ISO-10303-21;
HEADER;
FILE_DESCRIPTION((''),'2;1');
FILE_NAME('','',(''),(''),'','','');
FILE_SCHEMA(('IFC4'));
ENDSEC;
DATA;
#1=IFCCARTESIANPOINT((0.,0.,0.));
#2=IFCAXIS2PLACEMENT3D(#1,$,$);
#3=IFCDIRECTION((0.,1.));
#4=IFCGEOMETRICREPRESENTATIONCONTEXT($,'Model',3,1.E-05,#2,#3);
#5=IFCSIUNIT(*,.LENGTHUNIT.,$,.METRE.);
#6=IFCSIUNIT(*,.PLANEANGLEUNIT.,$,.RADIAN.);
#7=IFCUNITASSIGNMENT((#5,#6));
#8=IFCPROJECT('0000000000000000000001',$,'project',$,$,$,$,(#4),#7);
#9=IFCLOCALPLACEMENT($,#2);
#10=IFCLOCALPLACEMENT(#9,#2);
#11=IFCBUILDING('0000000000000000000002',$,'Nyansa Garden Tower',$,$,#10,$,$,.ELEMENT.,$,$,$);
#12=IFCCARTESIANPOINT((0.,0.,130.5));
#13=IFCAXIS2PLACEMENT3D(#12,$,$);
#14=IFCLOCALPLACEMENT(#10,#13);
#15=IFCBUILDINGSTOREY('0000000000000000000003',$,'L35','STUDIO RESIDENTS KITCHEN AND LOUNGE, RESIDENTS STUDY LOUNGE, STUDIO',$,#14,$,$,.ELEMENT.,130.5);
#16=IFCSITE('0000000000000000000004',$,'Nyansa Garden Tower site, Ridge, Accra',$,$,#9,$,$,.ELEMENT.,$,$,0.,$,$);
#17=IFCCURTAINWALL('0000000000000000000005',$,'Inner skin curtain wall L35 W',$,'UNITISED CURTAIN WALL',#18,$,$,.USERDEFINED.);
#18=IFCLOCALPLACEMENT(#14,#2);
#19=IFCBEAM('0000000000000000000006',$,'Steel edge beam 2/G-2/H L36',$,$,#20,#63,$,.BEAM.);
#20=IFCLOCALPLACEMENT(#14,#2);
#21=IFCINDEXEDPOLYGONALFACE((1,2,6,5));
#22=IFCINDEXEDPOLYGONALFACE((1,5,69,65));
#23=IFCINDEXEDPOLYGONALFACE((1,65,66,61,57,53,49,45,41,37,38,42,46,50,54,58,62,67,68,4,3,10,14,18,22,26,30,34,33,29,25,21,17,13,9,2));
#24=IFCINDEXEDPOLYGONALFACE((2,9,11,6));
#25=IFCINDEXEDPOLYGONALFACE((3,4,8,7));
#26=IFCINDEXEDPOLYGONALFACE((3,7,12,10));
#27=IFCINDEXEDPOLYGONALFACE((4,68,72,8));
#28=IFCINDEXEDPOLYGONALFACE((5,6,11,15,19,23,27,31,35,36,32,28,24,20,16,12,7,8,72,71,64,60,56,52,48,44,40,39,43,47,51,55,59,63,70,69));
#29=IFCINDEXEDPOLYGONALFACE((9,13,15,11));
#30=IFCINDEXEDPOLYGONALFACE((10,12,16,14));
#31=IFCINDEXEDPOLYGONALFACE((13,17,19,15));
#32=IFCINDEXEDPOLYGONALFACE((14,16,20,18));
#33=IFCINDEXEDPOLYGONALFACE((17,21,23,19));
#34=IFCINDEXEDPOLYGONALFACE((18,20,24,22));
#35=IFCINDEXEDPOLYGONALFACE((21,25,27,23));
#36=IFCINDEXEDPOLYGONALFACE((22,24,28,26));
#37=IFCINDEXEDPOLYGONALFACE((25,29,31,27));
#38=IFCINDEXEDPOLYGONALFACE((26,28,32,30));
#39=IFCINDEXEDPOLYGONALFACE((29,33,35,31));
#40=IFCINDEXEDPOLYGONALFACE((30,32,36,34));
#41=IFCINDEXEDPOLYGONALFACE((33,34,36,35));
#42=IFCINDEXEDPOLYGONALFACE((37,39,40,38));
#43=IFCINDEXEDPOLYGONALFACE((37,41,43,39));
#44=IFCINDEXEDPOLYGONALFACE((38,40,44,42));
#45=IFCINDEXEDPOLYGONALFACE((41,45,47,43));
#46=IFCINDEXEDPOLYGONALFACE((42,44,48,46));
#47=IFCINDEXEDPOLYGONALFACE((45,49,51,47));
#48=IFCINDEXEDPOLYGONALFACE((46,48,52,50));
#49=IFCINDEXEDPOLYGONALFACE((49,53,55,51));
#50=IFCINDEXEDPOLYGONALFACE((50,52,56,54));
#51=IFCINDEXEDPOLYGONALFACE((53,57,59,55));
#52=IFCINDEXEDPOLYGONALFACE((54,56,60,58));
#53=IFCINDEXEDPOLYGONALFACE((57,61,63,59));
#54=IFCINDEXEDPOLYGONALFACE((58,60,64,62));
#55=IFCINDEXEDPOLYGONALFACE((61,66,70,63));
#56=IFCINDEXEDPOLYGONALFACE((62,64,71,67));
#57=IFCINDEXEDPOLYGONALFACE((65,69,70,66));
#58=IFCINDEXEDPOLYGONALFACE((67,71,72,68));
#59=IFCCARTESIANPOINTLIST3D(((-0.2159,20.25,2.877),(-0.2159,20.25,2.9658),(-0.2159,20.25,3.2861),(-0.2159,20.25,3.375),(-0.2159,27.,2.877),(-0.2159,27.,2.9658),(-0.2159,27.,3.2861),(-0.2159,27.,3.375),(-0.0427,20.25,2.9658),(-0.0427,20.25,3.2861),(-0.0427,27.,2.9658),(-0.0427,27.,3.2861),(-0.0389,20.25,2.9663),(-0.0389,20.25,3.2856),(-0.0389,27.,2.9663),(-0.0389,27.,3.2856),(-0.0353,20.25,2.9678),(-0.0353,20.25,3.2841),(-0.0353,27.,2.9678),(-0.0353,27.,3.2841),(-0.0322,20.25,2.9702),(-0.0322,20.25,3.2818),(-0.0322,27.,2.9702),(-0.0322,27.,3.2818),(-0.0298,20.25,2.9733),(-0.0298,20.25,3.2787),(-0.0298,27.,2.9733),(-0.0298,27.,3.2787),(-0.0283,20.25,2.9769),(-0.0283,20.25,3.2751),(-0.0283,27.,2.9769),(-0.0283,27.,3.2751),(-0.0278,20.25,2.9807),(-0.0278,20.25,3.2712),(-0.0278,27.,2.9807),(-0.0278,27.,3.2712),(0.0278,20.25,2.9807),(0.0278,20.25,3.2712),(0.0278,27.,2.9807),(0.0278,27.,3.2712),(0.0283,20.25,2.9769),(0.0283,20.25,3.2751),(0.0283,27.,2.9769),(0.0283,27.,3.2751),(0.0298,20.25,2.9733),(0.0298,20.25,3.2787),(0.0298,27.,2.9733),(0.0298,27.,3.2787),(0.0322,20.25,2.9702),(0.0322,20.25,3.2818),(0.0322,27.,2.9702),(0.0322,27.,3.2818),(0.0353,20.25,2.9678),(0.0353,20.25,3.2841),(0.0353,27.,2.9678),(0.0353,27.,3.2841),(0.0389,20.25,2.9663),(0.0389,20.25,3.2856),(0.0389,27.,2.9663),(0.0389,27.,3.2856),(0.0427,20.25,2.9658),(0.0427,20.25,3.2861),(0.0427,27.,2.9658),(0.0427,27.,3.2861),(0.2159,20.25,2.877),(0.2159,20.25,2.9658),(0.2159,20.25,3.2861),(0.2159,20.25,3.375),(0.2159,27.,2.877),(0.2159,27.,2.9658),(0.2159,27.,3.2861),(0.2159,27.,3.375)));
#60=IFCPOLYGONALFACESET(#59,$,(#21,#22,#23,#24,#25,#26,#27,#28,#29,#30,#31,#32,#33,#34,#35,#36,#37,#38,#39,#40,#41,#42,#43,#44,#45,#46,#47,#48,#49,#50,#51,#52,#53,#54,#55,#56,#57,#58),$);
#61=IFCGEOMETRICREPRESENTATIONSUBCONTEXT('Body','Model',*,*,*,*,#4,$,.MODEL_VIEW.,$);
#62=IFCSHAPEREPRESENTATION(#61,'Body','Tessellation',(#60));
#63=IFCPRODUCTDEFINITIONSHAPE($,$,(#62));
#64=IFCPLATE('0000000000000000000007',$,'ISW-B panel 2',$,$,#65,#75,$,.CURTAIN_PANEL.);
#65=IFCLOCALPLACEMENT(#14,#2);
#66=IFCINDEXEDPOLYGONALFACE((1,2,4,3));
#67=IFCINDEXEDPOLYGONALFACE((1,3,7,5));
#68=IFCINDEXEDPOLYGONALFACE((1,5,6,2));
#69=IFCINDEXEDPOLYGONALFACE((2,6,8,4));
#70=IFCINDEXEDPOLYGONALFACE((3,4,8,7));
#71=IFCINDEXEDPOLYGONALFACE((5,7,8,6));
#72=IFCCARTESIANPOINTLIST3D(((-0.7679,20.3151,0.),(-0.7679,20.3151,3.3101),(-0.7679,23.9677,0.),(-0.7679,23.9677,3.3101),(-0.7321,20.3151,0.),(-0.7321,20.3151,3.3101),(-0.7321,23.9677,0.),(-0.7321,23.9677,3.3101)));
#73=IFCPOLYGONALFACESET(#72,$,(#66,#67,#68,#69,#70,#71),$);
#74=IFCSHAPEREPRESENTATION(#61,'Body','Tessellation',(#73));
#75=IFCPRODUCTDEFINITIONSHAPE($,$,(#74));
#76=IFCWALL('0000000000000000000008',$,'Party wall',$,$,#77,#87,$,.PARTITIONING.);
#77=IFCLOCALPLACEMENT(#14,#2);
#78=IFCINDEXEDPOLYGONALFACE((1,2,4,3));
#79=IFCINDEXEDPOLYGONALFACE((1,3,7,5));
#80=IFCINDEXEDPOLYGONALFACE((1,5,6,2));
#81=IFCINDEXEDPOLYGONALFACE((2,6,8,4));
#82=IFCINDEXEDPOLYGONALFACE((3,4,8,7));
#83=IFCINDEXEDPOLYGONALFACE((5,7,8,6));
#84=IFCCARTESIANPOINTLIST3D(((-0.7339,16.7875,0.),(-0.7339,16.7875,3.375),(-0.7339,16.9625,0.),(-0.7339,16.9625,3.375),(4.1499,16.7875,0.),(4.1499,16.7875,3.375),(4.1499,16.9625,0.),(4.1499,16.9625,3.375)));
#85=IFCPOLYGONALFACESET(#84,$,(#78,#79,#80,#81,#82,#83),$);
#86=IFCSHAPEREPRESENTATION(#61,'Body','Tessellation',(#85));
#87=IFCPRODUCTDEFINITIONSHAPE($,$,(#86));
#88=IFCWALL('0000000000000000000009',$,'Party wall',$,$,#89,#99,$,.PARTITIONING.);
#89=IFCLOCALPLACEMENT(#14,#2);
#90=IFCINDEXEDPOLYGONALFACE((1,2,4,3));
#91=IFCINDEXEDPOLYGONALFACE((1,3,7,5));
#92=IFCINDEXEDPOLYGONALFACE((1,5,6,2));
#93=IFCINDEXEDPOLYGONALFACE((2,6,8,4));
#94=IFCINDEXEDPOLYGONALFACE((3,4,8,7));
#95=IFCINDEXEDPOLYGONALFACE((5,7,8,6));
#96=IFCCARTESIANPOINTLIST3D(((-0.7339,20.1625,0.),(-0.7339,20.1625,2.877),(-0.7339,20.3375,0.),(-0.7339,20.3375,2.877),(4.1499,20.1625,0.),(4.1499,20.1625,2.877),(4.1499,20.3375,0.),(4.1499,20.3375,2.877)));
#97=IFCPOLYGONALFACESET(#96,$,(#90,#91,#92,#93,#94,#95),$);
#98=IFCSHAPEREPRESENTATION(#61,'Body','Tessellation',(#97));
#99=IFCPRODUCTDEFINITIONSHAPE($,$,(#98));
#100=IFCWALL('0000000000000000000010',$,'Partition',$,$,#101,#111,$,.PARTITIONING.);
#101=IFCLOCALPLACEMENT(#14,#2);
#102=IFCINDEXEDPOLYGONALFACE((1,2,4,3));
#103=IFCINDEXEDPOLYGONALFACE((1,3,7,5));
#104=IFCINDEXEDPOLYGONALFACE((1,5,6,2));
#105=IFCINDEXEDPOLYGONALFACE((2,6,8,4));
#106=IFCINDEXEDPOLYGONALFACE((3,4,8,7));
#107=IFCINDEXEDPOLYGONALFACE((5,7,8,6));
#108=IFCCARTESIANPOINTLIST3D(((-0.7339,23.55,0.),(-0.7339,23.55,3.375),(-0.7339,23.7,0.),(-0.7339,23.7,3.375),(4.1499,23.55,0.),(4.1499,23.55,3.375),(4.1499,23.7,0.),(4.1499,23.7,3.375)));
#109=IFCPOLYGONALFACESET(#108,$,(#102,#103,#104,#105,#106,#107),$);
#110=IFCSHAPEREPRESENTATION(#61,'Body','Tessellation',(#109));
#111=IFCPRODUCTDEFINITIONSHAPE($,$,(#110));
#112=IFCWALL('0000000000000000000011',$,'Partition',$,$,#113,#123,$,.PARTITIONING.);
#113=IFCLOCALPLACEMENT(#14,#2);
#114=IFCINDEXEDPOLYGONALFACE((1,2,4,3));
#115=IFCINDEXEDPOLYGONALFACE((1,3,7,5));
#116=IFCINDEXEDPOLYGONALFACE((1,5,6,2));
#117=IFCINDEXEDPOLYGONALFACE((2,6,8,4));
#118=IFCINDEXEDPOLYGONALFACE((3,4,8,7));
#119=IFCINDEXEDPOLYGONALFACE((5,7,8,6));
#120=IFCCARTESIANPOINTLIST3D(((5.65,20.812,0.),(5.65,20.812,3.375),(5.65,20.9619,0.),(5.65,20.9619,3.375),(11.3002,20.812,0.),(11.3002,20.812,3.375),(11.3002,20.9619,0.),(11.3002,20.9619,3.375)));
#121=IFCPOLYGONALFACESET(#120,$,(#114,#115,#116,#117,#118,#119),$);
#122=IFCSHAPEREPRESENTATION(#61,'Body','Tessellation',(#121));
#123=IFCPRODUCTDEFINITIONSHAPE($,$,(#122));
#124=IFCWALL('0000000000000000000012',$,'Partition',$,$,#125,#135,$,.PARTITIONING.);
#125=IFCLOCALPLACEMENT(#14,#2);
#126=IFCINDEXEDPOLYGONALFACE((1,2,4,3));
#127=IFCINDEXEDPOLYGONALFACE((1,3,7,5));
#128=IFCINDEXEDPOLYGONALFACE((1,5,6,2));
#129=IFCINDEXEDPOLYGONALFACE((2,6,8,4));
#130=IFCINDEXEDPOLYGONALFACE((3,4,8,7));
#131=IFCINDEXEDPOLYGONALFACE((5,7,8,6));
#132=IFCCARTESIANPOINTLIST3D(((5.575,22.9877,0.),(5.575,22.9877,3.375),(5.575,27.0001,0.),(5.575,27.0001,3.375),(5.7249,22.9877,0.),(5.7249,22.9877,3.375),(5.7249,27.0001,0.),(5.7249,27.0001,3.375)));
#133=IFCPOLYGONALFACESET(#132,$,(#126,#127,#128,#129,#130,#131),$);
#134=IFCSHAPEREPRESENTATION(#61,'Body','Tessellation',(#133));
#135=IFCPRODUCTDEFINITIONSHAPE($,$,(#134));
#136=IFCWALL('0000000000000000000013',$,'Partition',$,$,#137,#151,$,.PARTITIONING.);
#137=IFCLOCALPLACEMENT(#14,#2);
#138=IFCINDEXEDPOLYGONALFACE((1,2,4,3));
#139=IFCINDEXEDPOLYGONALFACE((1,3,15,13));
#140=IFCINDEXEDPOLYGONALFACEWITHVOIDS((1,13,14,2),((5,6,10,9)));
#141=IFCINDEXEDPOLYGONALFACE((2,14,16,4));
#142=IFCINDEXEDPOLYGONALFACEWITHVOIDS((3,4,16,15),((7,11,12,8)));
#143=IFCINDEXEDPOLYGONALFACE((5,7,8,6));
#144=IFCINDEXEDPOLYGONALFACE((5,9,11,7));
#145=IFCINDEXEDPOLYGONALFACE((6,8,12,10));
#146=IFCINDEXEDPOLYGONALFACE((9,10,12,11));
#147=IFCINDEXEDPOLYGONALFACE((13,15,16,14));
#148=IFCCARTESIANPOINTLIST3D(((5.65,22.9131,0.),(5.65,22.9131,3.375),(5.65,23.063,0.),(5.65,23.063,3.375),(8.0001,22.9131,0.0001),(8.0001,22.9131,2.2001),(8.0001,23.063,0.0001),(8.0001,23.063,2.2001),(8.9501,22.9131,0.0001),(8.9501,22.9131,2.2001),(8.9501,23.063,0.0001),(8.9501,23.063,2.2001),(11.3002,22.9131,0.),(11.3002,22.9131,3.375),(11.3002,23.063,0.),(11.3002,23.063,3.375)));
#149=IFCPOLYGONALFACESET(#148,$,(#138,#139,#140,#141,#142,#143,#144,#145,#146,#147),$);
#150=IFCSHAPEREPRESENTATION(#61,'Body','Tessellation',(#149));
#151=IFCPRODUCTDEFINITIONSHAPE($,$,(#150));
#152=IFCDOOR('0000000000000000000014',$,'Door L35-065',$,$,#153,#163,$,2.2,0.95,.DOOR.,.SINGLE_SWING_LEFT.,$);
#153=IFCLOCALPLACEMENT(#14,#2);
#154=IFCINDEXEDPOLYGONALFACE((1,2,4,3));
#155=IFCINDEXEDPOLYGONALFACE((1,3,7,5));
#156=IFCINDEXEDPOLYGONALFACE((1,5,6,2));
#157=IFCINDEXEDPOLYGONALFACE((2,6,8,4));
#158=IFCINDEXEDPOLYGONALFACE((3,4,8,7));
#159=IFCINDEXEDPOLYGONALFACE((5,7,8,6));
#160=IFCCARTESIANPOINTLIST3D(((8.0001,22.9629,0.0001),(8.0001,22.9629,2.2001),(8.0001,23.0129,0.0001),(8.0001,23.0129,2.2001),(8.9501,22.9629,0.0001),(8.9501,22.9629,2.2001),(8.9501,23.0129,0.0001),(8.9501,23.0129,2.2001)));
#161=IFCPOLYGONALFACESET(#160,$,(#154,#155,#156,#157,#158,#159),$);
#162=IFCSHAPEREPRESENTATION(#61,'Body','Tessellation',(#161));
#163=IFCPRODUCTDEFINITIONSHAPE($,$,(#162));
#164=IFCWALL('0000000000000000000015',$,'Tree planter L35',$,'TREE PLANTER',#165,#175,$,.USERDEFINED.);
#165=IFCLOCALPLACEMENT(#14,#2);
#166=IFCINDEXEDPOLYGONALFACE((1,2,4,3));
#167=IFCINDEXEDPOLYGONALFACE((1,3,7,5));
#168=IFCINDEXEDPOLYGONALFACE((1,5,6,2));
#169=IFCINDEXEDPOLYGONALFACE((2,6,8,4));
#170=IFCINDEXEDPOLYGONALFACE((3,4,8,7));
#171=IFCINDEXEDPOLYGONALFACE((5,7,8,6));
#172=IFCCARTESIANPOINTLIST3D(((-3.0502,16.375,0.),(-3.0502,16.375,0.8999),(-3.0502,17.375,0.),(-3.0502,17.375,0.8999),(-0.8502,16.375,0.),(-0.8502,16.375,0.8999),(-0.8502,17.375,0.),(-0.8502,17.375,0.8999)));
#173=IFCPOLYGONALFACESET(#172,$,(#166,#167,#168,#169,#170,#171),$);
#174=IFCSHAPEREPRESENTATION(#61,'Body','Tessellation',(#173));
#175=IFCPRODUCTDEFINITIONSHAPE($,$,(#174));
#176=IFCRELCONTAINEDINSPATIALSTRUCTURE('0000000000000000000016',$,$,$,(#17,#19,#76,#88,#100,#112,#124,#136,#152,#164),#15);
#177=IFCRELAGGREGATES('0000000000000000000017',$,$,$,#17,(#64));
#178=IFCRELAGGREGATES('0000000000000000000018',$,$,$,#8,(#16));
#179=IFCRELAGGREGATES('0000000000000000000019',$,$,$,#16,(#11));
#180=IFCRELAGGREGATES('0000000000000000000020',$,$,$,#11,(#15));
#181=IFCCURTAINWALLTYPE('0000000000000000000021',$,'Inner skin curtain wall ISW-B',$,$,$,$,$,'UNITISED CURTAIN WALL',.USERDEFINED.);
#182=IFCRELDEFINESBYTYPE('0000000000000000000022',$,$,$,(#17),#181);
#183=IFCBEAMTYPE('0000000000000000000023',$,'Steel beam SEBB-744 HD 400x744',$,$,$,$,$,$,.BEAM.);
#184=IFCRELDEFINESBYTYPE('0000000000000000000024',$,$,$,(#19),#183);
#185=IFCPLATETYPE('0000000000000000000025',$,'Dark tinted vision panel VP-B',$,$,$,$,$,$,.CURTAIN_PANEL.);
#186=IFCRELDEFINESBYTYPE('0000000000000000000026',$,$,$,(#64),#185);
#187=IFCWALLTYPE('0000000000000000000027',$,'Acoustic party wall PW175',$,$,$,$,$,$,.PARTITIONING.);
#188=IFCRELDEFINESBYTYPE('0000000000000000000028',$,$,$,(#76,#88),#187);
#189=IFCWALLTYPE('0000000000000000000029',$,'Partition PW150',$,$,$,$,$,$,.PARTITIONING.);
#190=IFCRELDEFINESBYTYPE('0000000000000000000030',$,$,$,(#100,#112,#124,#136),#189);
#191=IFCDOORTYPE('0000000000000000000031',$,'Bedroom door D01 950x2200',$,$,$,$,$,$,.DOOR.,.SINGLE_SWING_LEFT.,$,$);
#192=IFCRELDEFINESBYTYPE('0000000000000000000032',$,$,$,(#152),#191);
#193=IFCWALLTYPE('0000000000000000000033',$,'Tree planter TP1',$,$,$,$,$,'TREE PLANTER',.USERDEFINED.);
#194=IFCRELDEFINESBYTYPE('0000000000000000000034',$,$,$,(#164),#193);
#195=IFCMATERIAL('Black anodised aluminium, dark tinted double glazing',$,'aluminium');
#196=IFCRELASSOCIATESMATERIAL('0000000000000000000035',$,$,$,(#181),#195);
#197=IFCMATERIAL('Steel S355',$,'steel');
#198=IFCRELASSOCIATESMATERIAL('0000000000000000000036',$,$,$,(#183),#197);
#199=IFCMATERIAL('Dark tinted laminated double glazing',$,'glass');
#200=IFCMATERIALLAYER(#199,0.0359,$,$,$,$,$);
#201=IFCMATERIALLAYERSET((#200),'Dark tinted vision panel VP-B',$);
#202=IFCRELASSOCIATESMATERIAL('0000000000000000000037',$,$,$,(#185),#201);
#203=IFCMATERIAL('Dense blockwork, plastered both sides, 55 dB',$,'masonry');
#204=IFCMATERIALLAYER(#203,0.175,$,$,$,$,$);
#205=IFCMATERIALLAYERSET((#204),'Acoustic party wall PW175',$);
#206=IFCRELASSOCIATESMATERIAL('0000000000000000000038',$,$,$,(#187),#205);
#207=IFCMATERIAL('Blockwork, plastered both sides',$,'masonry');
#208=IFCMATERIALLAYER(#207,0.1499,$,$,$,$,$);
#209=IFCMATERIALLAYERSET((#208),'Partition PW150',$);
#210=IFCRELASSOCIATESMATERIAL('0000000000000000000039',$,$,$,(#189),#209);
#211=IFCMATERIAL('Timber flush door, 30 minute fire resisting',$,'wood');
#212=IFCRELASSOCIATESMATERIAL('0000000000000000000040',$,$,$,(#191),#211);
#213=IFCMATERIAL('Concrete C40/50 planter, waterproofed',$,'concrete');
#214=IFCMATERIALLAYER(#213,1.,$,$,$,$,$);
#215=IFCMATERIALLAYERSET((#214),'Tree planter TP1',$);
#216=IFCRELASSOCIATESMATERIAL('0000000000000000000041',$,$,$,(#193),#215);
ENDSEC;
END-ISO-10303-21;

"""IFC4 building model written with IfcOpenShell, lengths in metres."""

from ifc_helpers import new_model, si_unit, direction, frame, frame_2d, origin, origin_2d, place, context, subcontext, project, spatial, rectangle, i_section, extrude, material, layer, layer_set, material_profile, profile_set, type_object, element, fill, aggregate, save


model = new_model("IFC4")

# Units and contexts
model_context = context("Model", 3, precision=1e-05, world=origin(), true_north=direction((0.0, 1.0)))
body_context = subcontext(model_context, "Body", "Model", "MODEL_VIEW")
ifc_project = project(units=[si_unit("LENGTHUNIT", "METRE"), si_unit("PLANEANGLEUNIT", "RADIAN")], contexts=[model_context])

# Site, building, storey
site_placement = place(None, origin())
site = spatial("IfcSite", under=ifc_project, at=site_placement, Name="Nyansa Garden Tower site, Ridge, Accra", CompositionType="ELEMENT", RefElevation=0.0)
building_placement = place(site_placement, origin())
building = spatial("IfcBuilding", under=site, at=building_placement, Name="Nyansa Garden Tower", CompositionType="ELEMENT")
storey_placement = place(building_placement, frame((0.0, 0.0, 130.5)))
storey = spatial("IfcBuildingStorey", under=building, at=storey_placement, Name="L35", Description="STUDIO RESIDENTS KITCHEN AND LOUNGE, RESIDENTS STUDY LOUNGE, STUDIO", CompositionType="ELEMENT", Elevation=130.5)

# Curtain wall
ifc_material_1 = material(Name="Black anodised aluminium, dark tinted double glazing", Category="aluminium")
curtain_wall_type = type_object("IfcCurtainWallType", Name="Inner skin curtain wall ISW-B", ElementType="UNITISED CURTAIN WALL", PredefinedType="USERDEFINED", material=ifc_material_1)
curtain_wall_placement = place(storey_placement, origin())
curtain_wall = element("IfcCurtainWall", 1, at=curtain_wall_placement, inside=storey, type_object=curtain_wall_type, Name="Inner skin curtain wall L35 W", ObjectType="UNITISED CURTAIN WALL", PredefinedType="USERDEFINED")

# Beam
ifc_material_2 = material(Name="Steel S355", Category="steel")
ifc_material_profile_1 = material_profile(ifc_material_2, i_section(OverallWidth=0.4319, OverallDepth=0.498, WebThickness=0.0557, FlangeThickness=0.0889, FilletRadius=0.0149, at=origin_2d()), Name="HD 400x744")
ifc_profile_set_1 = profile_set([ifc_material_profile_1], Name="Steel S355")
beam_type_1 = type_object("IfcBeamType", Name="Steel beam SEBB-744 HD 400x744", PredefinedType="BEAM", material=ifc_profile_set_1)
beam_1_placement = place(storey_placement, frame((0.0, 20.25, 3.126), z_axis=(0.0, 1.0, 0.0), x_axis=(-1.0, 0.0, 0.0)))
element("IfcBeam", 2, at=beam_1_placement, inside=storey, type_object=beam_type_1, Name="Steel edge beam 2/G-2/H L36", PredefinedType="BEAM", context=body_context, shape_type="SweptSolid", body=[
    extrude(i_section(OverallWidth=0.4319, OverallDepth=0.498, WebThickness=0.0557, FlangeThickness=0.0889, FilletRadius=0.0149, at=origin_2d()), origin(), (0.0, 0.0, 1.0), 6.75),
])

# Plate
ifc_material_3 = material(Name="Dark tinted laminated double glazing", Category="glass")
ifc_layer_1 = layer(ifc_material_3, 0.0359)
ifc_layer_set_1 = layer_set([ifc_layer_1], Name="Dark tinted vision panel VP-B")
plate_type = type_object("IfcPlateType", Name="Dark tinted vision panel VP-B", PredefinedType="CURTAIN_PANEL", material=ifc_layer_set_1)
plate_placement = place(storey_placement, frame((-0.75, 22.1414, 0.0), z_axis=(0.0, 0.0, 1.0), x_axis=(0.0, -1.0, 0.0)))
plate = element("IfcPlate", 3, at=plate_placement, type_object=plate_type, Name="ISW-B panel 2", PredefinedType="CURTAIN_PANEL", context=body_context, shape_type="SweptSolid", body=[
    extrude(rectangle(XDim=3.6526, YDim=0.0359, at=origin_2d()), origin(), (0.0, 0.0, 1.0), 3.3101),
])
aggregate(curtain_wall, [plate])

# Walls
ifc_material_4 = material(Name="Dense blockwork, plastered both sides, 55 dB", Category="masonry")
ifc_layer_2 = layer(ifc_material_4, 0.175)
ifc_layer_set_2 = layer_set([ifc_layer_2], Name="Acoustic party wall PW175")
wall_type_1 = type_object("IfcWallType", Name="Acoustic party wall PW175", PredefinedType="PARTITIONING", material=ifc_layer_set_2)
wall_1_placement = place(storey_placement, frame((-0.7339, 16.875, 0.0), z_axis=(0.0, 0.0, 1.0), x_axis=(1.0, 0.0, 0.0)))
element("IfcWall", 4, at=wall_1_placement, inside=storey, type_object=wall_type_1, Name="Party wall", PredefinedType="PARTITIONING", context=body_context, shape_type="SweptSolid", body=[
    extrude(rectangle(XDim=4.8838, YDim=0.175, at=frame_2d((2.4419, 0.0))), origin(), (0.0, 0.0, 1.0), 3.375),
])
wall_2_placement = place(storey_placement, frame((-0.7339, 20.25, 0.0), z_axis=(0.0, 0.0, 1.0), x_axis=(1.0, 0.0, 0.0)))
element("IfcWall", 5, at=wall_2_placement, inside=storey, type_object=wall_type_1, Name="Party wall", PredefinedType="PARTITIONING", context=body_context, shape_type="SweptSolid", body=[
    extrude(rectangle(XDim=4.8838, YDim=0.175, at=frame_2d((2.4419, 0.0))), origin(), (0.0, 0.0, 1.0), 2.877),
])
ifc_material_5 = material(Name="Blockwork, plastered both sides", Category="masonry")
ifc_layer_3 = layer(ifc_material_5, 0.1499)
ifc_layer_set_3 = layer_set([ifc_layer_3], Name="Partition PW150")
wall_type_2 = type_object("IfcWallType", Name="Partition PW150", PredefinedType="PARTITIONING", material=ifc_layer_set_3)
wall_3_placement = place(storey_placement, frame((-0.7339, 23.625, 0.0), z_axis=(0.0, 0.0, 1.0), x_axis=(1.0, 0.0, 0.0)))
element("IfcWall", 6, at=wall_3_placement, inside=storey, type_object=wall_type_2, Name="Partition", PredefinedType="PARTITIONING", context=body_context, shape_type="SweptSolid", body=[
    extrude(rectangle(XDim=4.8838, YDim=0.1499, at=frame_2d((2.4419, 0.0))), origin(), (0.0, 0.0, 1.0), 3.375),
])
wall_4_placement = place(storey_placement, frame((5.6499, 20.887, 0.0), z_axis=(0.0, 0.0, 1.0), x_axis=(1.0, 0.0, 0.0)))
element("IfcWall", 7, at=wall_4_placement, inside=storey, type_object=wall_type_2, Name="Partition", PredefinedType="PARTITIONING", context=body_context, shape_type="SweptSolid", body=[
    extrude(rectangle(XDim=5.6501, YDim=0.1499, at=frame_2d((2.8252, 0.0))), origin(), (0.0, 0.0, 1.0), 3.375),
])
wall_5_placement = place(storey_placement, frame((5.6499, 22.9875, 0.0), z_axis=(0.0, 0.0, 1.0), x_axis=(0.0, 1.0, 0.0)))
element("IfcWall", 8, at=wall_5_placement, inside=storey, type_object=wall_type_2, Name="Partition", PredefinedType="PARTITIONING", context=body_context, shape_type="SweptSolid", body=[
    extrude(rectangle(XDim=4.0125, YDim=0.1499, at=frame_2d((2.0063, 0.0))), origin(), (0.0, 0.0, 1.0), 3.375),
])

# Wall, opening, door
wall_6_placement = place(storey_placement, frame((5.6499, 22.988, 0.0), z_axis=(0.0, 0.0, 1.0), x_axis=(1.0, 0.0, 0.0)))
wall_6 = element("IfcWall", 9, at=wall_6_placement, inside=storey, type_object=wall_type_2, Name="Partition", PredefinedType="PARTITIONING", context=body_context, shape_type="SweptSolid", body=[
    extrude(rectangle(XDim=5.6501, YDim=0.1499, at=frame_2d((2.8252, 0.0))), origin(), (0.0, 0.0, 1.0), 3.375),
])
opening_1_placement = place(wall_6_placement, frame((2.3501, 0.0, 0.0)))
opening_1 = element("IfcOpeningElement", 10, at=opening_1_placement, cuts=wall_6, PredefinedType="OPENING", context=body_context, shape_type="SweptSolid", body=[
    extrude(rectangle(XDim=0.95, YDim=2.2, at=frame_2d((0.4751, 1.1001))), frame((0.0, 0.085, 0.0), z_axis=(0.0, -1.0, 0.0), x_axis=(1.0, 0.0, 0.0)), (0.0, 0.0, 1.0), 0.1699),
])
ifc_material_6 = material(Name="Timber flush door, 30 minute fire resisting", Category="wood")
door_type_1 = type_object("IfcDoorType", Name="Bedroom door D01 950x2200", OperationType="SINGLE_SWING_LEFT", PredefinedType="DOOR", material=ifc_material_6)
door_1_placement = place(opening_1_placement, origin())
door_1 = element("IfcDoor", 11, at=door_1_placement, inside=storey, type_object=door_type_1, Name="Door L35-065", OperationType="SINGLE_SWING_LEFT", OverallHeight=2.2, OverallWidth=0.95, PredefinedType="DOOR", context=body_context, shape_type="SweptSolid", body=[
    extrude(rectangle(XDim=0.95, YDim=2.2, at=frame_2d((0.4751, 1.1001))), frame((0.0, 0.0249, 0.0), z_axis=(0.0, -1.0, 0.0), x_axis=(1.0, 0.0, 0.0)), (0.0, 0.0, 1.0), 0.05),
])
fill(opening_1, door_1)

# Wall
ifc_material_7 = material(Name="Concrete C40/50 planter, waterproofed", Category="concrete")
ifc_layer_4 = layer(ifc_material_7, 1.0)
ifc_layer_set_4 = layer_set([ifc_layer_4], Name="Tree planter TP1")
wall_type_3 = type_object("IfcWallType", Name="Tree planter TP1", ElementType="TREE PLANTER", PredefinedType="USERDEFINED", material=ifc_layer_set_4)
wall_7_placement = place(storey_placement, frame((-0.8501, 16.875, 0.0), z_axis=(0.0, 0.0, 1.0), x_axis=(-1.0, 0.0, 0.0)))
element("IfcWall", 12, at=wall_7_placement, inside=storey, type_object=wall_type_3, Name="Tree planter L35", ObjectType="TREE PLANTER", PredefinedType="USERDEFINED", context=body_context, shape_type="SweptSolid", body=[
    extrude(rectangle(XDim=2.2, YDim=1.0, at=frame_2d((1.1001, 0.0))), origin(), (0.0, 0.0, 1.0), 0.8999),
])

save(model, "model.ifc")
